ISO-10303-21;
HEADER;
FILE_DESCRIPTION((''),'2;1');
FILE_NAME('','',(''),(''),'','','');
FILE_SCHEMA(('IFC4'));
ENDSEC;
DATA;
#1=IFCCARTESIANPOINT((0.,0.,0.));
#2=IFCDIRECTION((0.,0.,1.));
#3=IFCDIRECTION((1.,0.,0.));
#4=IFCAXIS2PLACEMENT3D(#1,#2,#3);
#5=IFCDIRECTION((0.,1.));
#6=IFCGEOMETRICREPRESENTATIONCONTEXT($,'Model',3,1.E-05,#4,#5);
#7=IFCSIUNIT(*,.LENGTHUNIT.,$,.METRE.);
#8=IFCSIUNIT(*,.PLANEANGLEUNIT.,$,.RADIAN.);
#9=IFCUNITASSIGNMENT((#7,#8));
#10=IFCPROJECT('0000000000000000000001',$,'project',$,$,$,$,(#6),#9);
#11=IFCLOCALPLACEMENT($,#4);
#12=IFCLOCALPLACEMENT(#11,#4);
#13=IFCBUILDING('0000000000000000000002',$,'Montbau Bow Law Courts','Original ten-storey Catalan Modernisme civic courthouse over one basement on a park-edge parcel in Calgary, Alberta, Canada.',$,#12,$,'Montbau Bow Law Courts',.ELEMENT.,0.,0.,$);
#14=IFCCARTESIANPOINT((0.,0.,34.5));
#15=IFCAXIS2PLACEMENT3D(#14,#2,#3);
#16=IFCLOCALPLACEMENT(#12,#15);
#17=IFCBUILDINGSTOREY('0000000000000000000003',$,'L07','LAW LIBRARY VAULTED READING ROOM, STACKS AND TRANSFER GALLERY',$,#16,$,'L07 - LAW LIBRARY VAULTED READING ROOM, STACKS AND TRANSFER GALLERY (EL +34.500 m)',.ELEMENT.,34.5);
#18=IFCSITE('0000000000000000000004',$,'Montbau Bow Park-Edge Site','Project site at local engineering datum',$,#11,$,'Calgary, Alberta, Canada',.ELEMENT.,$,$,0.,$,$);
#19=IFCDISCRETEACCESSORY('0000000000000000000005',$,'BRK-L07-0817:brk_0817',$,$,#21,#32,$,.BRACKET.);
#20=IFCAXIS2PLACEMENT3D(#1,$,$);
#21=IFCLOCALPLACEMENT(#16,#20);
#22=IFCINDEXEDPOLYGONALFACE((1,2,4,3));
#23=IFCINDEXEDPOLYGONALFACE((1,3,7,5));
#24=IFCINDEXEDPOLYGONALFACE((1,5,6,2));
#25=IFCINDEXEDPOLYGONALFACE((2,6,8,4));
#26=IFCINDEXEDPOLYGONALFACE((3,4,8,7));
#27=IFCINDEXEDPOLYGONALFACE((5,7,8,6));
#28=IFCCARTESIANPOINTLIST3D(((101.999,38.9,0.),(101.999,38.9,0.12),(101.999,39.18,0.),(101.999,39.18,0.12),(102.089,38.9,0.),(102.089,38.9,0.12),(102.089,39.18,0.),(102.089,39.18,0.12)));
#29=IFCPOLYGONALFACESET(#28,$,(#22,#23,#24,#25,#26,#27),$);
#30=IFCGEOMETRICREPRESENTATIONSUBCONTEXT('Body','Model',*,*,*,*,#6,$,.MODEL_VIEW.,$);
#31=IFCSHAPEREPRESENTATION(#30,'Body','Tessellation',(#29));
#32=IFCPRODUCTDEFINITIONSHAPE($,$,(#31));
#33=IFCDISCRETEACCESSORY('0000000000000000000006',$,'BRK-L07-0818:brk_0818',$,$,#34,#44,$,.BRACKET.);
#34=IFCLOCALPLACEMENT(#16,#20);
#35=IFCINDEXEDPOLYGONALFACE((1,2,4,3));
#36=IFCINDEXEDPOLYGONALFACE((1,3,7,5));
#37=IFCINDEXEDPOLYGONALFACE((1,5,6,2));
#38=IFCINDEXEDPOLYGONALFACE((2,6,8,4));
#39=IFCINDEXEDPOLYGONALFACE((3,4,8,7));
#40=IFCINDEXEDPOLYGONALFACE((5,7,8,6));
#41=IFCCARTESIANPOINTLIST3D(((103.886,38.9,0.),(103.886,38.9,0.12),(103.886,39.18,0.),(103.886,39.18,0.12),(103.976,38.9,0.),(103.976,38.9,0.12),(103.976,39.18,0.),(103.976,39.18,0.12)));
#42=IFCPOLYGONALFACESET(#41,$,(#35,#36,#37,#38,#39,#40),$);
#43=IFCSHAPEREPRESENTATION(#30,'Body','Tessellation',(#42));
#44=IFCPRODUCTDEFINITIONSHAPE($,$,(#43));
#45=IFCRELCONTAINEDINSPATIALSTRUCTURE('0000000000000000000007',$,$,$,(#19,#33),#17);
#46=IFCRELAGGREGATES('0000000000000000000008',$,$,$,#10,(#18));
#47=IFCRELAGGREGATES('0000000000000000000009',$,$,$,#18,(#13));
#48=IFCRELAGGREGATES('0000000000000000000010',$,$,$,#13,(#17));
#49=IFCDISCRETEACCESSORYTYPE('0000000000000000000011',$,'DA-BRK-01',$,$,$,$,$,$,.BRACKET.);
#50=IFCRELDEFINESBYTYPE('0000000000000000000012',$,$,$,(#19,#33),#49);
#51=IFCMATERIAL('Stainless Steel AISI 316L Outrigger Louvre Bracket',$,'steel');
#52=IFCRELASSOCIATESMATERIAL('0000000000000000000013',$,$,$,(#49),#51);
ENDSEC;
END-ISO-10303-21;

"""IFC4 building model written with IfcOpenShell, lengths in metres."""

from ifc_helpers import new_model, si_unit, direction, frame, origin_with_axes, origin_2d_with_axis, place, context, subcontext, project, spatial, rectangle, extrude, material, type_object, element, save


model = new_model("IFC4")

# Units and contexts
model_context = context("Model", 3, precision=1e-05, world=origin_with_axes(), true_north=direction((0.0, 1.0)))
body_context = subcontext(model_context, "Body", "Model", "MODEL_VIEW")
ifc_project = project(units=[si_unit("LENGTHUNIT", "METRE"), si_unit("PLANEANGLEUNIT", "RADIAN")], contexts=[model_context])

# Site, building, storey
site_placement = place(None, origin_with_axes())
site = spatial("IfcSite", under=ifc_project, at=site_placement, Name="Montbau Bow Park-Edge Site", Description="Project site at local engineering datum", LongName="Calgary, Alberta, Canada", CompositionType="ELEMENT", RefElevation=0.0)
building_placement = place(site_placement, origin_with_axes())
building = spatial("IfcBuilding", under=site, at=building_placement, Name="Montbau Bow Law Courts", Description="Original ten-storey Catalan Modernisme civic courthouse over one basement on a park-edge parcel in Calgary, Alberta, Canada.", LongName="Montbau Bow Law Courts", CompositionType="ELEMENT", ElevationOfRefHeight=0.0, ElevationOfTerrain=0.0)
storey_placement = place(building_placement, frame((0.0, 0.0, 34.5), z_axis=(0.0, 0.0, 1.0), x_axis=(1.0, 0.0, 0.0)))
storey = spatial("IfcBuildingStorey", under=building, at=storey_placement, Name="L07", Description="LAW LIBRARY VAULTED READING ROOM, STACKS AND TRANSFER GALLERY", LongName="L07 - LAW LIBRARY VAULTED READING ROOM, STACKS AND TRANSFER GALLERY (EL +34.500 m)", CompositionType="ELEMENT", Elevation=34.5)

# Discrete accessories
ifc_material_1 = material(Name="Stainless Steel AISI 316L Outrigger Louvre Bracket", Category="steel")
discrete_accessory_type = type_object("IfcDiscreteAccessoryType", Name="DA-BRK-01", PredefinedType="BRACKET", material=ifc_material_1)
for number, where, z_axis, x_axis, name in (
    (1, (102.044, 39.04, 34.5), (0.0, 0.0, 1.0), (0.0, -1.0, 0.0), "BRK-L07-0817:brk_0817"),
    (2, (103.931, 39.04, 34.5), (0.0, 0.0, 1.0), (0.0, -1.0, 0.0), "BRK-L07-0818:brk_0818"),
):
    element("IfcDiscreteAccessory", number, at=place(None, frame(where, z_axis=z_axis, x_axis=x_axis)), inside=storey, type_object=discrete_accessory_type, Name=name, PredefinedType="BRACKET", context=body_context, shape_type="SweptSolid", body=[
        extrude(rectangle(XDim=0.28, YDim=0.09, at=origin_2d_with_axis()), origin_with_axes(), (0.0, 0.0, 1.0), 0.12),
    ])

save(model, "model.ifc")
